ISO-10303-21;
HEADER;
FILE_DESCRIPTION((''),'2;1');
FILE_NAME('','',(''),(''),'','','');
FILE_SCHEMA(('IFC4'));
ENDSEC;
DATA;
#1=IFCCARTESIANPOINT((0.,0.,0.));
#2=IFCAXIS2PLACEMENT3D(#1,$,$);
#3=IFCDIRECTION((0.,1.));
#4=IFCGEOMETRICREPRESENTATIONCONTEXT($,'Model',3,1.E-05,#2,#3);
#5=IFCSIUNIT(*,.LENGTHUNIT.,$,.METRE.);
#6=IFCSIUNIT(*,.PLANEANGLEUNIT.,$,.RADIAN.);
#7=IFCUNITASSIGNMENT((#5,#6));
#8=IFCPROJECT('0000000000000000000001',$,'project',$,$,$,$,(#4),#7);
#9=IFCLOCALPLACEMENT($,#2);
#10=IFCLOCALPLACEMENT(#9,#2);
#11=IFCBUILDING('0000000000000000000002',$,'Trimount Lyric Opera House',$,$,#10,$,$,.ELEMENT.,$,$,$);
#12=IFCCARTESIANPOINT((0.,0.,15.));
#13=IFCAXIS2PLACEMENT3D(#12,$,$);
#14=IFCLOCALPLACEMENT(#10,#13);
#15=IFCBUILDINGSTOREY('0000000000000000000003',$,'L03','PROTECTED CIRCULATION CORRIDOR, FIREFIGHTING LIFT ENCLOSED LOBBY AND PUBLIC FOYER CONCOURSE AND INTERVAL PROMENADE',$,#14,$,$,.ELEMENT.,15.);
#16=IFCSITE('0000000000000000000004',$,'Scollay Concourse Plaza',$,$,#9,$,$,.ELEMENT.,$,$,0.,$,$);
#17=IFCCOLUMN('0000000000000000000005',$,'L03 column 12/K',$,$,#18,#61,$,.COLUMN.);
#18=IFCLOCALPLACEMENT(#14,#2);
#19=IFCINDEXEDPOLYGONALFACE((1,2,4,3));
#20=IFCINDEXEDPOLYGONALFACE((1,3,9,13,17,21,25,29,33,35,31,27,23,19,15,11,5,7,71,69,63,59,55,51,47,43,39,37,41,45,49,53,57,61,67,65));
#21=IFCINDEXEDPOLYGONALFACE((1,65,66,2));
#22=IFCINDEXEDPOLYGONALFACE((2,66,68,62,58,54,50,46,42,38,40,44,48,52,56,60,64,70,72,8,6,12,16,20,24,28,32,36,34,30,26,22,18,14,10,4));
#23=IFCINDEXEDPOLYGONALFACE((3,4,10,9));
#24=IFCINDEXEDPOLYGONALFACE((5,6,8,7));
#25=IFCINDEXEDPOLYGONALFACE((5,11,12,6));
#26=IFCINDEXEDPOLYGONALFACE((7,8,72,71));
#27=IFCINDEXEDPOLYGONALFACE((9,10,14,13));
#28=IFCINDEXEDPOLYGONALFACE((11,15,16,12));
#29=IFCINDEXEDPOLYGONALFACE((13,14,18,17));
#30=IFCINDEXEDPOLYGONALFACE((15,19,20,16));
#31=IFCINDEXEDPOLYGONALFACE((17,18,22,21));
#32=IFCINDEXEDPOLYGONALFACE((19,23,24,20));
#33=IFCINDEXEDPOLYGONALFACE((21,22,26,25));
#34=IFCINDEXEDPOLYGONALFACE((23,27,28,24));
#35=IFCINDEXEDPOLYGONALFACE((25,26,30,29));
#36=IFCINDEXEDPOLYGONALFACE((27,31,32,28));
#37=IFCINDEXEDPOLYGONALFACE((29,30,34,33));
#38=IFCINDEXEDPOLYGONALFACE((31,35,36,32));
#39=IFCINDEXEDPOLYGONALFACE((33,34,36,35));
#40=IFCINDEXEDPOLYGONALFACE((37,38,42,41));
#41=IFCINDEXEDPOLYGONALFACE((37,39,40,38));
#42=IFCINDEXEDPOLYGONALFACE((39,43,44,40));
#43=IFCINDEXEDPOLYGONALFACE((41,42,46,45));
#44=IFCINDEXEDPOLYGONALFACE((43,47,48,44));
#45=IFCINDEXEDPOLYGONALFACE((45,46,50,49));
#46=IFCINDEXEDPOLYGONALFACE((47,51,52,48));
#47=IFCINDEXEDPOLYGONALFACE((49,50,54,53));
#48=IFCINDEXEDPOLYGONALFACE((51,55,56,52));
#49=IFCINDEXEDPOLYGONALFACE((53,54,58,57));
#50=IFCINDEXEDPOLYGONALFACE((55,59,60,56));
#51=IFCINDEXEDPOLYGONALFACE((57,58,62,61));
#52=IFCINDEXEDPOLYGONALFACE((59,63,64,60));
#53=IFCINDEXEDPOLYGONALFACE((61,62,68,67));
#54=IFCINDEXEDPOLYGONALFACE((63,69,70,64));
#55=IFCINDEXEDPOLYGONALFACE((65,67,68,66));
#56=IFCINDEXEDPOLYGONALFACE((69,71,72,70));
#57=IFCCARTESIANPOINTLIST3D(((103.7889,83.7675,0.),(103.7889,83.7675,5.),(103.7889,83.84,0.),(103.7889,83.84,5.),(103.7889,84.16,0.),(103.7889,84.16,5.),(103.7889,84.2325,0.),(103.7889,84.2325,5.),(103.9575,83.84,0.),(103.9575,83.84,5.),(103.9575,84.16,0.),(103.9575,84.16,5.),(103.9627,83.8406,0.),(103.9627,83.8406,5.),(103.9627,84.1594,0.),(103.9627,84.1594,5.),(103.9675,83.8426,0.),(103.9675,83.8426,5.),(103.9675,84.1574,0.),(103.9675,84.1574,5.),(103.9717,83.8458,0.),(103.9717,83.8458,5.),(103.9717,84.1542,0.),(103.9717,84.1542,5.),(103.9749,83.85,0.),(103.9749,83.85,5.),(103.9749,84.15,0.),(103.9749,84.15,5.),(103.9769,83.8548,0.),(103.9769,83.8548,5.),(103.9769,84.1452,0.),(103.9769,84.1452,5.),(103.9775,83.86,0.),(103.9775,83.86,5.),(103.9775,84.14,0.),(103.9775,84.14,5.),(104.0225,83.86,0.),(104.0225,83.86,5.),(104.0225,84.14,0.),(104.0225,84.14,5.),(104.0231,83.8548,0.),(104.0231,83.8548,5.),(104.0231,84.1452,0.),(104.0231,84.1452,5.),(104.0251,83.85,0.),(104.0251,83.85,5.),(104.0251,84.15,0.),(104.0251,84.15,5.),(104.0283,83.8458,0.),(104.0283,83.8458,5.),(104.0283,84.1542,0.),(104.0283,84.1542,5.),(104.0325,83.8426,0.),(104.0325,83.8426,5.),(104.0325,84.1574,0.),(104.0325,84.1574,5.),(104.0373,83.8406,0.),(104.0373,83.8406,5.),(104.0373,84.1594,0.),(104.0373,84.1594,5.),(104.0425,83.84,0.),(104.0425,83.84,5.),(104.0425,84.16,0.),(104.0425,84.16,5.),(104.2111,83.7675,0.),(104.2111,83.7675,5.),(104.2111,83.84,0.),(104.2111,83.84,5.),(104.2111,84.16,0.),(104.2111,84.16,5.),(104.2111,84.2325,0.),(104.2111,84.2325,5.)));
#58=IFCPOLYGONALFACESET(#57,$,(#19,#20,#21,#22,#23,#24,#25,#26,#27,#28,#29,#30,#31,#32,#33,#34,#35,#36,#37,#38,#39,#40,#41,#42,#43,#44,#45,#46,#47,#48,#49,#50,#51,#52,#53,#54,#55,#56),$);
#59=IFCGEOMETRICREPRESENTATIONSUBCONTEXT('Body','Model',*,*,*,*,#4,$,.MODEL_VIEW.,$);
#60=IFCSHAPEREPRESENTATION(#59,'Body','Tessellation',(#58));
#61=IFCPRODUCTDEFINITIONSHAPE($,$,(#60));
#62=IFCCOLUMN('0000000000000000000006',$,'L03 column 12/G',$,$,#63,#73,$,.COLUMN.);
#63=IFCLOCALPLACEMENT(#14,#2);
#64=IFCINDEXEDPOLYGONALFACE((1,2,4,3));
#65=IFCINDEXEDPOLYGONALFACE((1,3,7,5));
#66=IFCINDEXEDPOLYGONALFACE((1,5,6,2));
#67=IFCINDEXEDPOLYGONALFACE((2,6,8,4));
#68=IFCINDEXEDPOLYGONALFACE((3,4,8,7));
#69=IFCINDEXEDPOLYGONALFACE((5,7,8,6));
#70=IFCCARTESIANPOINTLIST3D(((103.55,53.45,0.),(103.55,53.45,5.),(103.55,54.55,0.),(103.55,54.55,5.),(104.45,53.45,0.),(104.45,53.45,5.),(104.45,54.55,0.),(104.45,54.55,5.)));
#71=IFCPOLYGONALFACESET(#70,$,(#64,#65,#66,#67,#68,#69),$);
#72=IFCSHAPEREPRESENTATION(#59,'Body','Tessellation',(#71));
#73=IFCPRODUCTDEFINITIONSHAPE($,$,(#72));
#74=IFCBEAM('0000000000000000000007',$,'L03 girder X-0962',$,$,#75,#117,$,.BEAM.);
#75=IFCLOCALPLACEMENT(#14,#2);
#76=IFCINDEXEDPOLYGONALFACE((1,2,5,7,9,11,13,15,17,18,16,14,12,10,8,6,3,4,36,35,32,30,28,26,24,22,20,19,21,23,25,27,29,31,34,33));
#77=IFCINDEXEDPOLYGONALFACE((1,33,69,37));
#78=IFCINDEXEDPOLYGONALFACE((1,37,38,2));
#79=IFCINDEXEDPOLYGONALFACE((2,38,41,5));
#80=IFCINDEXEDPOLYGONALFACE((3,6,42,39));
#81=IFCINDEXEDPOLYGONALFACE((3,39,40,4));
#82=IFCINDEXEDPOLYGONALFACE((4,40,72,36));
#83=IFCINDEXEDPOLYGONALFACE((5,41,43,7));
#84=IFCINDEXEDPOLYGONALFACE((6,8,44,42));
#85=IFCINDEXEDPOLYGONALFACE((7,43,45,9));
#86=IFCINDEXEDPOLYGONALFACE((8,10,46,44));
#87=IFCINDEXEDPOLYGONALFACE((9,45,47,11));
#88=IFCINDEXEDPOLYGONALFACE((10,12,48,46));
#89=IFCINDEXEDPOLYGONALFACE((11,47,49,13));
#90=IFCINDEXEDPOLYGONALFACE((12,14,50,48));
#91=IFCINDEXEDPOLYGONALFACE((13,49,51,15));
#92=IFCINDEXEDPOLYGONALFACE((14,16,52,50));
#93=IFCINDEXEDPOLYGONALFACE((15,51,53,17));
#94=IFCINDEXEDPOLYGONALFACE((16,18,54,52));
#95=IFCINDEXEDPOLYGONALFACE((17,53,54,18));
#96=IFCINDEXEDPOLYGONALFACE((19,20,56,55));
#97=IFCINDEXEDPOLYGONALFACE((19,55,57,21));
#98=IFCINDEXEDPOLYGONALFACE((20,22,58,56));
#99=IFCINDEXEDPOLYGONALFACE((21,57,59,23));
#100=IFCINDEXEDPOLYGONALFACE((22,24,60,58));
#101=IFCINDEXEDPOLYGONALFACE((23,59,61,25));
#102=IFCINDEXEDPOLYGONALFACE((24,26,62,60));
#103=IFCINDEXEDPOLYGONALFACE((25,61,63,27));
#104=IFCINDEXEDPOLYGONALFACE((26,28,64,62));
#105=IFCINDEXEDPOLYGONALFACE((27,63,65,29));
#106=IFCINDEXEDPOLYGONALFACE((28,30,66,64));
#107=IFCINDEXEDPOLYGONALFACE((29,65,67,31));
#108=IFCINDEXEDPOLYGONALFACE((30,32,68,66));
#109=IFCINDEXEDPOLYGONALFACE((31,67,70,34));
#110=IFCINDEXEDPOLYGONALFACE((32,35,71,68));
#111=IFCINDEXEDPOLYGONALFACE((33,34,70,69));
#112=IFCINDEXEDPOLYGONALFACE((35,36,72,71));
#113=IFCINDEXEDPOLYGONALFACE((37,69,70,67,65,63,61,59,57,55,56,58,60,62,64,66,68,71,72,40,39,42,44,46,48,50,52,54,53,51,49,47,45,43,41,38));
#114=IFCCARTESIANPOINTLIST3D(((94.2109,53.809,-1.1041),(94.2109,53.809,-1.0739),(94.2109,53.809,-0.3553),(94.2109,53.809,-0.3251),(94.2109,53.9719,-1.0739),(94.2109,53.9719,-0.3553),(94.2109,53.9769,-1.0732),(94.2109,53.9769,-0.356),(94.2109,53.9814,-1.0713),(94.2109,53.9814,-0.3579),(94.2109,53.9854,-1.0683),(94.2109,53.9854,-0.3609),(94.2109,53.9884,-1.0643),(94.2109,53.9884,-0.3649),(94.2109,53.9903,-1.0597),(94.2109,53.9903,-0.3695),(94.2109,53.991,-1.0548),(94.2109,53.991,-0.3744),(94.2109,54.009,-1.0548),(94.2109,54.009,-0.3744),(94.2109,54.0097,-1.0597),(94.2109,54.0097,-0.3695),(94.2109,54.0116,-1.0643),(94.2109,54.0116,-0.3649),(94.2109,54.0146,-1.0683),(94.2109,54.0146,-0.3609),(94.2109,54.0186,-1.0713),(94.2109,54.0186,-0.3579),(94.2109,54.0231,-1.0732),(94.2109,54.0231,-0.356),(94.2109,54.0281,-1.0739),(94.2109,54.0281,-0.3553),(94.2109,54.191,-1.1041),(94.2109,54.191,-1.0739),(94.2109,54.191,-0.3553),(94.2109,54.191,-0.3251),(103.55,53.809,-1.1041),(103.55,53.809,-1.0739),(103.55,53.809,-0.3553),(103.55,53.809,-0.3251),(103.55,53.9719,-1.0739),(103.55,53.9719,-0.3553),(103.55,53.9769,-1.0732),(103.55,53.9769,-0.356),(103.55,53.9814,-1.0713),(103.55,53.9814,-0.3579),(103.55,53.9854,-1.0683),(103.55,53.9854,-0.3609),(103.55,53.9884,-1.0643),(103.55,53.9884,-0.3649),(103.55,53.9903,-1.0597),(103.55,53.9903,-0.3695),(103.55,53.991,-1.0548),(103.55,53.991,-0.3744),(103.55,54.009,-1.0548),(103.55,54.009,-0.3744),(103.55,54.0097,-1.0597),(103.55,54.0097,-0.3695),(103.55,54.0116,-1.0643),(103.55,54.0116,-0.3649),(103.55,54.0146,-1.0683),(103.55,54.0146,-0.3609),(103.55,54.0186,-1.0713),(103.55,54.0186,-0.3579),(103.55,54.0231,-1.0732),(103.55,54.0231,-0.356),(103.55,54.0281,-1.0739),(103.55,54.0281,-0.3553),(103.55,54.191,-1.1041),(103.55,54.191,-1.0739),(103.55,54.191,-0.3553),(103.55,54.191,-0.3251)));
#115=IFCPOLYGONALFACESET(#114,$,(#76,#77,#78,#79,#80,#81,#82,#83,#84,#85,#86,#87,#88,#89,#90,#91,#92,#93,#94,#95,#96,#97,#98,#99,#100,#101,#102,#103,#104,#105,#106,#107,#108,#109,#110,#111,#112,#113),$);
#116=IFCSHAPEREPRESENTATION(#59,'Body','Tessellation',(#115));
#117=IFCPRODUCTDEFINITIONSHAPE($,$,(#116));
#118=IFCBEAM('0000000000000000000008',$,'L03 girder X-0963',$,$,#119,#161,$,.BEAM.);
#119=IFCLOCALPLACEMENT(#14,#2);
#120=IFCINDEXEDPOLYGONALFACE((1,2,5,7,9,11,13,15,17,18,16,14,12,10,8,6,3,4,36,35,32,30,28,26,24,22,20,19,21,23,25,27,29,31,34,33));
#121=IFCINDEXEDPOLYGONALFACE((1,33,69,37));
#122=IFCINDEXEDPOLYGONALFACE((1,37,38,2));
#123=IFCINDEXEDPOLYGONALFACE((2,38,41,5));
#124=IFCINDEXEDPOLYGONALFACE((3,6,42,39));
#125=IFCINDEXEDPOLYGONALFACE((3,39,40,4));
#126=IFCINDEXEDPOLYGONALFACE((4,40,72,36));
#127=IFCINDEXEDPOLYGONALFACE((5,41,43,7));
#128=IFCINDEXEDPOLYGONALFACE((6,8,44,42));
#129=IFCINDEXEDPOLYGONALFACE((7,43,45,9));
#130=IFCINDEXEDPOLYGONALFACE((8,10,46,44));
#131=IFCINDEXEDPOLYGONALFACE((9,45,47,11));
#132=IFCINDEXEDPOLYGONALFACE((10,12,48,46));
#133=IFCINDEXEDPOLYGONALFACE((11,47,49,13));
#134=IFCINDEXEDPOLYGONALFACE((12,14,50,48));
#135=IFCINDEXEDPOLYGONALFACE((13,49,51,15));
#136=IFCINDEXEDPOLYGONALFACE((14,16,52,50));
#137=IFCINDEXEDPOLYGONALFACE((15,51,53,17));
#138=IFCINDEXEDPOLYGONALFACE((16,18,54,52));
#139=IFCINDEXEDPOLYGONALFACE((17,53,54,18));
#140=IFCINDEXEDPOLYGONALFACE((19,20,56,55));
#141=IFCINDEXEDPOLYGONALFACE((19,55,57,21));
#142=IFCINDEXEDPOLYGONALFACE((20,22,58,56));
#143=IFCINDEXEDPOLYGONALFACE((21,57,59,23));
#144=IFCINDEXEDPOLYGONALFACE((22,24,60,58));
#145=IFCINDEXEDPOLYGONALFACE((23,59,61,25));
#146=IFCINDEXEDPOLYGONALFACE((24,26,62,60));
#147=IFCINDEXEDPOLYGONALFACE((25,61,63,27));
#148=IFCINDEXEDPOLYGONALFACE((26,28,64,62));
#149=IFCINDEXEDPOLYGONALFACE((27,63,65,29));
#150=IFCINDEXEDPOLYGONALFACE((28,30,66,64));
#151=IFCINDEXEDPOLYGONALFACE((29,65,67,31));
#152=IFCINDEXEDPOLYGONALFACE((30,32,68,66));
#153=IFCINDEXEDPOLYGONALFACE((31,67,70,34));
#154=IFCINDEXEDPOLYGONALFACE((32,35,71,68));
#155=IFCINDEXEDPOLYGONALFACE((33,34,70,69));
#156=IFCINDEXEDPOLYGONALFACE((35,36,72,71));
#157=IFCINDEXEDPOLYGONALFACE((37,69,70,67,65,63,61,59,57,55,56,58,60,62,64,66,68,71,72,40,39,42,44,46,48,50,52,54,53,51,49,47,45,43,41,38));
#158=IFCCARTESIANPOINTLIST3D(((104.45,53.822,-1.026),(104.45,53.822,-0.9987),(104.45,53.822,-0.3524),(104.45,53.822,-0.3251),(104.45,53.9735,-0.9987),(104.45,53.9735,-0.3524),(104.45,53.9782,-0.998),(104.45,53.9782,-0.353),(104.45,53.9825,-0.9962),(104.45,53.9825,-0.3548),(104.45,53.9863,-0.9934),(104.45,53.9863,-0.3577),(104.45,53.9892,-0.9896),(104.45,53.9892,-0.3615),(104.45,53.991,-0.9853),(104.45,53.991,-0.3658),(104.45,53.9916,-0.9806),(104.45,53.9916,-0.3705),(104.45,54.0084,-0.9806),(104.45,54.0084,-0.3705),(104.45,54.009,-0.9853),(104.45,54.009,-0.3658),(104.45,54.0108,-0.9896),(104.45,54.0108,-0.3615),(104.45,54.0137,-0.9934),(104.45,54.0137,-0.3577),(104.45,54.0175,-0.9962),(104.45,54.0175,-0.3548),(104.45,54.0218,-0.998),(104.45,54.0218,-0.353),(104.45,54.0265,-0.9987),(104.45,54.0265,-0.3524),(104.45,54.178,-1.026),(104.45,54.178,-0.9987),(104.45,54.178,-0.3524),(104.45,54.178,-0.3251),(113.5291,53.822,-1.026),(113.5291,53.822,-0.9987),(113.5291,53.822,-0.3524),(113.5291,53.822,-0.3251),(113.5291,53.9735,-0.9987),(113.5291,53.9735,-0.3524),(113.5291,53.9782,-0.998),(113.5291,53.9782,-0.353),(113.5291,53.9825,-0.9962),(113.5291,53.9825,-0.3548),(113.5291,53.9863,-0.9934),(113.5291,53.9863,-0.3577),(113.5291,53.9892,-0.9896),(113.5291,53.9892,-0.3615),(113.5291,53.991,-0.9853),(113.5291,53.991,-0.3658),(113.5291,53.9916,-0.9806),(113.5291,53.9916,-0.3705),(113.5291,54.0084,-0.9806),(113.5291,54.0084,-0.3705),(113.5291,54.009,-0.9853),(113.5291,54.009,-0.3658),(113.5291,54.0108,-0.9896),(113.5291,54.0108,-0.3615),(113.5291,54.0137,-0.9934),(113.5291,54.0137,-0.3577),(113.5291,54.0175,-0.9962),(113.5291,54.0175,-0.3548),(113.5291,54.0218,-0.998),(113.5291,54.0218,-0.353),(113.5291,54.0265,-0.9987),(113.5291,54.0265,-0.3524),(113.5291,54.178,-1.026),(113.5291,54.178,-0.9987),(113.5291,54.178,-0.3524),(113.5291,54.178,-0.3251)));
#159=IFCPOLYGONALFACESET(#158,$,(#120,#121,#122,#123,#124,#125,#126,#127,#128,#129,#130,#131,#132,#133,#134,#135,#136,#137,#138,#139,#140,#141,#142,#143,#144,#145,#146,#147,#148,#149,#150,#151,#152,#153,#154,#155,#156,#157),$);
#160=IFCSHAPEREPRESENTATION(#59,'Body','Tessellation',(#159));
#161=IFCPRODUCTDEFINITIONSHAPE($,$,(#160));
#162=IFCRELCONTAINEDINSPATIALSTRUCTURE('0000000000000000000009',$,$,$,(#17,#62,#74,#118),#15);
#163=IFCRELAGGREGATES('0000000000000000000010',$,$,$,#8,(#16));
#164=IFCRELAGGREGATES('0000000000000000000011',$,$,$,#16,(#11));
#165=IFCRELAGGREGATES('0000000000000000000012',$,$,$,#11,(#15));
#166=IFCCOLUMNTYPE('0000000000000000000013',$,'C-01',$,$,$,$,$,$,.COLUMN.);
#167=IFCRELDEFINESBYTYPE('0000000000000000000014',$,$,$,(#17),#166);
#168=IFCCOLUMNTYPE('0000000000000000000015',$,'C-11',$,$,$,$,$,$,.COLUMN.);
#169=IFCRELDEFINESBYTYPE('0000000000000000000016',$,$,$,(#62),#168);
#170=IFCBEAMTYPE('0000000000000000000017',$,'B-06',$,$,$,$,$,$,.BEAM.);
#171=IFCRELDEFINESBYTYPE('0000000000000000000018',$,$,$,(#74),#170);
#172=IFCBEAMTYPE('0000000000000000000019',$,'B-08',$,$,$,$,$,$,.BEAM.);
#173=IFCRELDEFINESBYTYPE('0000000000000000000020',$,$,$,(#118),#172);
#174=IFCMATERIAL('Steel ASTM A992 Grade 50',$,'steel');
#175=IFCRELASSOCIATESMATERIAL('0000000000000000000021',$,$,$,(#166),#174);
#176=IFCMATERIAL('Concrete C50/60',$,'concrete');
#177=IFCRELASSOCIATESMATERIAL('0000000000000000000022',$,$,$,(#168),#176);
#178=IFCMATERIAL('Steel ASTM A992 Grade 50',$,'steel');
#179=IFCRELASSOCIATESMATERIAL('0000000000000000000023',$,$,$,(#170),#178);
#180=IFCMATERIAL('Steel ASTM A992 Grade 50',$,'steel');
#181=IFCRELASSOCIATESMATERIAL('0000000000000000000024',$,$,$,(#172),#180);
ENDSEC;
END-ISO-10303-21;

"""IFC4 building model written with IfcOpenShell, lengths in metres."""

from ifc_helpers import new_model, si_unit, direction, frame, origin, origin_2d, place, context, subcontext, project, spatial, rectangle, i_section, extrude, material, material_profile, profile_set, type_object, element, save


model = new_model("IFC4")

# Units and contexts
model_context = context("Model", 3, precision=1e-05, world=origin(), true_north=direction((0.0, 1.0)))
body_context = subcontext(model_context, "Body", "Model", "MODEL_VIEW")
ifc_project = project(units=[si_unit("LENGTHUNIT", "METRE"), si_unit("PLANEANGLEUNIT", "RADIAN")], contexts=[model_context])

# Site, building, storey
site_placement = place(None, origin())
site = spatial("IfcSite", under=ifc_project, at=site_placement, Name="Scollay Concourse Plaza", CompositionType="ELEMENT", RefElevation=0.0)
building_placement = place(site_placement, origin())
building = spatial("IfcBuilding", under=site, at=building_placement, Name="Trimount Lyric Opera House", CompositionType="ELEMENT")
storey_placement = place(building_placement, frame((0.0, 0.0, 15.0)))
storey = spatial("IfcBuildingStorey", under=building, at=storey_placement, Name="L03", Description="PROTECTED CIRCULATION CORRIDOR, FIREFIGHTING LIFT ENCLOSED LOBBY AND PUBLIC FOYER CONCOURSE AND INTERVAL PROMENADE", CompositionType="ELEMENT", Elevation=15.0)

# Columns
ifc_material_1 = material(Name="Steel ASTM A992 Grade 50", Category="steel")
ifc_material_profile_1 = material_profile(ifc_material_1, i_section(OverallWidth=0.4221, OverallDepth=0.4651, WebThickness=0.0449, FlangeThickness=0.0725, FilletRadius=0.02, at=origin_2d()), Name="W14X398")
ifc_profile_set_1 = profile_set([ifc_material_profile_1], Name="Steel ASTM A992 Grade 50")
column_type_1 = type_object("IfcColumnType", Name="C-01", PredefinedType="COLUMN", material=ifc_profile_set_1)
column_1_placement = place(storey_placement, frame((104.0, 84.0, 0.0), z_axis=(0.0, 0.0, 1.0), x_axis=(1.0, 0.0, 0.0)))
element("IfcColumn", 1, at=column_1_placement, inside=storey, type_object=column_type_1, Name="L03 column 12/K", PredefinedType="COLUMN", context=body_context, shape_type="SweptSolid", body=[
    extrude(i_section(OverallWidth=0.4221, OverallDepth=0.4651, WebThickness=0.0449, FlangeThickness=0.0725, FilletRadius=0.02, at=origin_2d()), origin(), (0.0, 0.0, 1.0), 5.0),
])
ifc_material_2 = material(Name="Concrete C50/60", Category="concrete")
ifc_material_profile_2 = material_profile(ifc_material_2, rectangle(XDim=0.8999, YDim=1.1001, at=origin_2d()), Name="RC1100X900")
ifc_profile_set_2 = profile_set([ifc_material_profile_2], Name="Concrete C50/60")
column_type_2 = type_object("IfcColumnType", Name="C-11", PredefinedType="COLUMN", material=ifc_profile_set_2)
column_2_placement = place(storey_placement, frame((104.0, 54.0, 0.0), z_axis=(0.0, 0.0, 1.0), x_axis=(1.0, 0.0, 0.0)))
element("IfcColumn", 2, at=column_2_placement, inside=storey, type_object=column_type_2, Name="L03 column 12/G", PredefinedType="COLUMN", context=body_context, shape_type="SweptSolid", body=[
    extrude(rectangle(XDim=0.8999, YDim=1.1001, at=origin_2d()), origin(), (0.0, 0.0, 1.0), 5.0),
])

# Beams
ifc_material_3 = material(Name="Steel ASTM A992 Grade 50", Category="steel")
ifc_material_profile_3 = material_profile(ifc_material_3, i_section(OverallWidth=0.3821, OverallDepth=0.7791, WebThickness=0.0181, FlangeThickness=0.0303, FilletRadius=0.019, at=origin_2d()), Name="W30X191")
ifc_profile_set_3 = profile_set([ifc_material_profile_3], Name="Steel ASTM A992 Grade 50")
beam_type_1 = type_object("IfcBeamType", Name="B-06", PredefinedType="BEAM", material=ifc_profile_set_3)
beam_1_placement = place(storey_placement, frame((94.2109, 54.0, -0.7146), z_axis=(1.0, 0.0, 0.0), x_axis=(0.0, 1.0, 0.0)))
element("IfcBeam", 3, at=beam_1_placement, inside=storey, type_object=beam_type_1, Name="L03 girder X-0962", PredefinedType="BEAM", context=body_context, shape_type="SweptSolid", body=[
    extrude(i_section(OverallWidth=0.3821, OverallDepth=0.7791, WebThickness=0.0181, FlangeThickness=0.0303, FilletRadius=0.019, at=origin_2d()), origin(), (0.0, 0.0, 1.0), 9.3391),
])
ifc_material_4 = material(Name="Steel ASTM A992 Grade 50", Category="steel")
ifc_material_profile_4 = material_profile(ifc_material_4, i_section(OverallWidth=0.356, OverallDepth=0.7009, WebThickness=0.0168, FlangeThickness=0.0273, FilletRadius=0.0181, at=origin_2d()), Name="W27X161")
ifc_profile_set_4 = profile_set([ifc_material_profile_4], Name="Steel ASTM A992 Grade 50")
beam_type_2 = type_object("IfcBeamType", Name="B-08", PredefinedType="BEAM", material=ifc_profile_set_4)
beam_2_placement = place(storey_placement, frame((104.45, 54.0, -0.6755), z_axis=(1.0, 0.0, 0.0), x_axis=(0.0, 1.0, 0.0)))
element("IfcBeam", 4, at=beam_2_placement, inside=storey, type_object=beam_type_2, Name="L03 girder X-0963", PredefinedType="BEAM", context=body_context, shape_type="SweptSolid", body=[
    extrude(i_section(OverallWidth=0.356, OverallDepth=0.7009, WebThickness=0.0168, FlangeThickness=0.0273, FilletRadius=0.0181, at=origin_2d()), origin(), (0.0, 0.0, 1.0), 9.0791),
])

save(model, "model.ifc")
